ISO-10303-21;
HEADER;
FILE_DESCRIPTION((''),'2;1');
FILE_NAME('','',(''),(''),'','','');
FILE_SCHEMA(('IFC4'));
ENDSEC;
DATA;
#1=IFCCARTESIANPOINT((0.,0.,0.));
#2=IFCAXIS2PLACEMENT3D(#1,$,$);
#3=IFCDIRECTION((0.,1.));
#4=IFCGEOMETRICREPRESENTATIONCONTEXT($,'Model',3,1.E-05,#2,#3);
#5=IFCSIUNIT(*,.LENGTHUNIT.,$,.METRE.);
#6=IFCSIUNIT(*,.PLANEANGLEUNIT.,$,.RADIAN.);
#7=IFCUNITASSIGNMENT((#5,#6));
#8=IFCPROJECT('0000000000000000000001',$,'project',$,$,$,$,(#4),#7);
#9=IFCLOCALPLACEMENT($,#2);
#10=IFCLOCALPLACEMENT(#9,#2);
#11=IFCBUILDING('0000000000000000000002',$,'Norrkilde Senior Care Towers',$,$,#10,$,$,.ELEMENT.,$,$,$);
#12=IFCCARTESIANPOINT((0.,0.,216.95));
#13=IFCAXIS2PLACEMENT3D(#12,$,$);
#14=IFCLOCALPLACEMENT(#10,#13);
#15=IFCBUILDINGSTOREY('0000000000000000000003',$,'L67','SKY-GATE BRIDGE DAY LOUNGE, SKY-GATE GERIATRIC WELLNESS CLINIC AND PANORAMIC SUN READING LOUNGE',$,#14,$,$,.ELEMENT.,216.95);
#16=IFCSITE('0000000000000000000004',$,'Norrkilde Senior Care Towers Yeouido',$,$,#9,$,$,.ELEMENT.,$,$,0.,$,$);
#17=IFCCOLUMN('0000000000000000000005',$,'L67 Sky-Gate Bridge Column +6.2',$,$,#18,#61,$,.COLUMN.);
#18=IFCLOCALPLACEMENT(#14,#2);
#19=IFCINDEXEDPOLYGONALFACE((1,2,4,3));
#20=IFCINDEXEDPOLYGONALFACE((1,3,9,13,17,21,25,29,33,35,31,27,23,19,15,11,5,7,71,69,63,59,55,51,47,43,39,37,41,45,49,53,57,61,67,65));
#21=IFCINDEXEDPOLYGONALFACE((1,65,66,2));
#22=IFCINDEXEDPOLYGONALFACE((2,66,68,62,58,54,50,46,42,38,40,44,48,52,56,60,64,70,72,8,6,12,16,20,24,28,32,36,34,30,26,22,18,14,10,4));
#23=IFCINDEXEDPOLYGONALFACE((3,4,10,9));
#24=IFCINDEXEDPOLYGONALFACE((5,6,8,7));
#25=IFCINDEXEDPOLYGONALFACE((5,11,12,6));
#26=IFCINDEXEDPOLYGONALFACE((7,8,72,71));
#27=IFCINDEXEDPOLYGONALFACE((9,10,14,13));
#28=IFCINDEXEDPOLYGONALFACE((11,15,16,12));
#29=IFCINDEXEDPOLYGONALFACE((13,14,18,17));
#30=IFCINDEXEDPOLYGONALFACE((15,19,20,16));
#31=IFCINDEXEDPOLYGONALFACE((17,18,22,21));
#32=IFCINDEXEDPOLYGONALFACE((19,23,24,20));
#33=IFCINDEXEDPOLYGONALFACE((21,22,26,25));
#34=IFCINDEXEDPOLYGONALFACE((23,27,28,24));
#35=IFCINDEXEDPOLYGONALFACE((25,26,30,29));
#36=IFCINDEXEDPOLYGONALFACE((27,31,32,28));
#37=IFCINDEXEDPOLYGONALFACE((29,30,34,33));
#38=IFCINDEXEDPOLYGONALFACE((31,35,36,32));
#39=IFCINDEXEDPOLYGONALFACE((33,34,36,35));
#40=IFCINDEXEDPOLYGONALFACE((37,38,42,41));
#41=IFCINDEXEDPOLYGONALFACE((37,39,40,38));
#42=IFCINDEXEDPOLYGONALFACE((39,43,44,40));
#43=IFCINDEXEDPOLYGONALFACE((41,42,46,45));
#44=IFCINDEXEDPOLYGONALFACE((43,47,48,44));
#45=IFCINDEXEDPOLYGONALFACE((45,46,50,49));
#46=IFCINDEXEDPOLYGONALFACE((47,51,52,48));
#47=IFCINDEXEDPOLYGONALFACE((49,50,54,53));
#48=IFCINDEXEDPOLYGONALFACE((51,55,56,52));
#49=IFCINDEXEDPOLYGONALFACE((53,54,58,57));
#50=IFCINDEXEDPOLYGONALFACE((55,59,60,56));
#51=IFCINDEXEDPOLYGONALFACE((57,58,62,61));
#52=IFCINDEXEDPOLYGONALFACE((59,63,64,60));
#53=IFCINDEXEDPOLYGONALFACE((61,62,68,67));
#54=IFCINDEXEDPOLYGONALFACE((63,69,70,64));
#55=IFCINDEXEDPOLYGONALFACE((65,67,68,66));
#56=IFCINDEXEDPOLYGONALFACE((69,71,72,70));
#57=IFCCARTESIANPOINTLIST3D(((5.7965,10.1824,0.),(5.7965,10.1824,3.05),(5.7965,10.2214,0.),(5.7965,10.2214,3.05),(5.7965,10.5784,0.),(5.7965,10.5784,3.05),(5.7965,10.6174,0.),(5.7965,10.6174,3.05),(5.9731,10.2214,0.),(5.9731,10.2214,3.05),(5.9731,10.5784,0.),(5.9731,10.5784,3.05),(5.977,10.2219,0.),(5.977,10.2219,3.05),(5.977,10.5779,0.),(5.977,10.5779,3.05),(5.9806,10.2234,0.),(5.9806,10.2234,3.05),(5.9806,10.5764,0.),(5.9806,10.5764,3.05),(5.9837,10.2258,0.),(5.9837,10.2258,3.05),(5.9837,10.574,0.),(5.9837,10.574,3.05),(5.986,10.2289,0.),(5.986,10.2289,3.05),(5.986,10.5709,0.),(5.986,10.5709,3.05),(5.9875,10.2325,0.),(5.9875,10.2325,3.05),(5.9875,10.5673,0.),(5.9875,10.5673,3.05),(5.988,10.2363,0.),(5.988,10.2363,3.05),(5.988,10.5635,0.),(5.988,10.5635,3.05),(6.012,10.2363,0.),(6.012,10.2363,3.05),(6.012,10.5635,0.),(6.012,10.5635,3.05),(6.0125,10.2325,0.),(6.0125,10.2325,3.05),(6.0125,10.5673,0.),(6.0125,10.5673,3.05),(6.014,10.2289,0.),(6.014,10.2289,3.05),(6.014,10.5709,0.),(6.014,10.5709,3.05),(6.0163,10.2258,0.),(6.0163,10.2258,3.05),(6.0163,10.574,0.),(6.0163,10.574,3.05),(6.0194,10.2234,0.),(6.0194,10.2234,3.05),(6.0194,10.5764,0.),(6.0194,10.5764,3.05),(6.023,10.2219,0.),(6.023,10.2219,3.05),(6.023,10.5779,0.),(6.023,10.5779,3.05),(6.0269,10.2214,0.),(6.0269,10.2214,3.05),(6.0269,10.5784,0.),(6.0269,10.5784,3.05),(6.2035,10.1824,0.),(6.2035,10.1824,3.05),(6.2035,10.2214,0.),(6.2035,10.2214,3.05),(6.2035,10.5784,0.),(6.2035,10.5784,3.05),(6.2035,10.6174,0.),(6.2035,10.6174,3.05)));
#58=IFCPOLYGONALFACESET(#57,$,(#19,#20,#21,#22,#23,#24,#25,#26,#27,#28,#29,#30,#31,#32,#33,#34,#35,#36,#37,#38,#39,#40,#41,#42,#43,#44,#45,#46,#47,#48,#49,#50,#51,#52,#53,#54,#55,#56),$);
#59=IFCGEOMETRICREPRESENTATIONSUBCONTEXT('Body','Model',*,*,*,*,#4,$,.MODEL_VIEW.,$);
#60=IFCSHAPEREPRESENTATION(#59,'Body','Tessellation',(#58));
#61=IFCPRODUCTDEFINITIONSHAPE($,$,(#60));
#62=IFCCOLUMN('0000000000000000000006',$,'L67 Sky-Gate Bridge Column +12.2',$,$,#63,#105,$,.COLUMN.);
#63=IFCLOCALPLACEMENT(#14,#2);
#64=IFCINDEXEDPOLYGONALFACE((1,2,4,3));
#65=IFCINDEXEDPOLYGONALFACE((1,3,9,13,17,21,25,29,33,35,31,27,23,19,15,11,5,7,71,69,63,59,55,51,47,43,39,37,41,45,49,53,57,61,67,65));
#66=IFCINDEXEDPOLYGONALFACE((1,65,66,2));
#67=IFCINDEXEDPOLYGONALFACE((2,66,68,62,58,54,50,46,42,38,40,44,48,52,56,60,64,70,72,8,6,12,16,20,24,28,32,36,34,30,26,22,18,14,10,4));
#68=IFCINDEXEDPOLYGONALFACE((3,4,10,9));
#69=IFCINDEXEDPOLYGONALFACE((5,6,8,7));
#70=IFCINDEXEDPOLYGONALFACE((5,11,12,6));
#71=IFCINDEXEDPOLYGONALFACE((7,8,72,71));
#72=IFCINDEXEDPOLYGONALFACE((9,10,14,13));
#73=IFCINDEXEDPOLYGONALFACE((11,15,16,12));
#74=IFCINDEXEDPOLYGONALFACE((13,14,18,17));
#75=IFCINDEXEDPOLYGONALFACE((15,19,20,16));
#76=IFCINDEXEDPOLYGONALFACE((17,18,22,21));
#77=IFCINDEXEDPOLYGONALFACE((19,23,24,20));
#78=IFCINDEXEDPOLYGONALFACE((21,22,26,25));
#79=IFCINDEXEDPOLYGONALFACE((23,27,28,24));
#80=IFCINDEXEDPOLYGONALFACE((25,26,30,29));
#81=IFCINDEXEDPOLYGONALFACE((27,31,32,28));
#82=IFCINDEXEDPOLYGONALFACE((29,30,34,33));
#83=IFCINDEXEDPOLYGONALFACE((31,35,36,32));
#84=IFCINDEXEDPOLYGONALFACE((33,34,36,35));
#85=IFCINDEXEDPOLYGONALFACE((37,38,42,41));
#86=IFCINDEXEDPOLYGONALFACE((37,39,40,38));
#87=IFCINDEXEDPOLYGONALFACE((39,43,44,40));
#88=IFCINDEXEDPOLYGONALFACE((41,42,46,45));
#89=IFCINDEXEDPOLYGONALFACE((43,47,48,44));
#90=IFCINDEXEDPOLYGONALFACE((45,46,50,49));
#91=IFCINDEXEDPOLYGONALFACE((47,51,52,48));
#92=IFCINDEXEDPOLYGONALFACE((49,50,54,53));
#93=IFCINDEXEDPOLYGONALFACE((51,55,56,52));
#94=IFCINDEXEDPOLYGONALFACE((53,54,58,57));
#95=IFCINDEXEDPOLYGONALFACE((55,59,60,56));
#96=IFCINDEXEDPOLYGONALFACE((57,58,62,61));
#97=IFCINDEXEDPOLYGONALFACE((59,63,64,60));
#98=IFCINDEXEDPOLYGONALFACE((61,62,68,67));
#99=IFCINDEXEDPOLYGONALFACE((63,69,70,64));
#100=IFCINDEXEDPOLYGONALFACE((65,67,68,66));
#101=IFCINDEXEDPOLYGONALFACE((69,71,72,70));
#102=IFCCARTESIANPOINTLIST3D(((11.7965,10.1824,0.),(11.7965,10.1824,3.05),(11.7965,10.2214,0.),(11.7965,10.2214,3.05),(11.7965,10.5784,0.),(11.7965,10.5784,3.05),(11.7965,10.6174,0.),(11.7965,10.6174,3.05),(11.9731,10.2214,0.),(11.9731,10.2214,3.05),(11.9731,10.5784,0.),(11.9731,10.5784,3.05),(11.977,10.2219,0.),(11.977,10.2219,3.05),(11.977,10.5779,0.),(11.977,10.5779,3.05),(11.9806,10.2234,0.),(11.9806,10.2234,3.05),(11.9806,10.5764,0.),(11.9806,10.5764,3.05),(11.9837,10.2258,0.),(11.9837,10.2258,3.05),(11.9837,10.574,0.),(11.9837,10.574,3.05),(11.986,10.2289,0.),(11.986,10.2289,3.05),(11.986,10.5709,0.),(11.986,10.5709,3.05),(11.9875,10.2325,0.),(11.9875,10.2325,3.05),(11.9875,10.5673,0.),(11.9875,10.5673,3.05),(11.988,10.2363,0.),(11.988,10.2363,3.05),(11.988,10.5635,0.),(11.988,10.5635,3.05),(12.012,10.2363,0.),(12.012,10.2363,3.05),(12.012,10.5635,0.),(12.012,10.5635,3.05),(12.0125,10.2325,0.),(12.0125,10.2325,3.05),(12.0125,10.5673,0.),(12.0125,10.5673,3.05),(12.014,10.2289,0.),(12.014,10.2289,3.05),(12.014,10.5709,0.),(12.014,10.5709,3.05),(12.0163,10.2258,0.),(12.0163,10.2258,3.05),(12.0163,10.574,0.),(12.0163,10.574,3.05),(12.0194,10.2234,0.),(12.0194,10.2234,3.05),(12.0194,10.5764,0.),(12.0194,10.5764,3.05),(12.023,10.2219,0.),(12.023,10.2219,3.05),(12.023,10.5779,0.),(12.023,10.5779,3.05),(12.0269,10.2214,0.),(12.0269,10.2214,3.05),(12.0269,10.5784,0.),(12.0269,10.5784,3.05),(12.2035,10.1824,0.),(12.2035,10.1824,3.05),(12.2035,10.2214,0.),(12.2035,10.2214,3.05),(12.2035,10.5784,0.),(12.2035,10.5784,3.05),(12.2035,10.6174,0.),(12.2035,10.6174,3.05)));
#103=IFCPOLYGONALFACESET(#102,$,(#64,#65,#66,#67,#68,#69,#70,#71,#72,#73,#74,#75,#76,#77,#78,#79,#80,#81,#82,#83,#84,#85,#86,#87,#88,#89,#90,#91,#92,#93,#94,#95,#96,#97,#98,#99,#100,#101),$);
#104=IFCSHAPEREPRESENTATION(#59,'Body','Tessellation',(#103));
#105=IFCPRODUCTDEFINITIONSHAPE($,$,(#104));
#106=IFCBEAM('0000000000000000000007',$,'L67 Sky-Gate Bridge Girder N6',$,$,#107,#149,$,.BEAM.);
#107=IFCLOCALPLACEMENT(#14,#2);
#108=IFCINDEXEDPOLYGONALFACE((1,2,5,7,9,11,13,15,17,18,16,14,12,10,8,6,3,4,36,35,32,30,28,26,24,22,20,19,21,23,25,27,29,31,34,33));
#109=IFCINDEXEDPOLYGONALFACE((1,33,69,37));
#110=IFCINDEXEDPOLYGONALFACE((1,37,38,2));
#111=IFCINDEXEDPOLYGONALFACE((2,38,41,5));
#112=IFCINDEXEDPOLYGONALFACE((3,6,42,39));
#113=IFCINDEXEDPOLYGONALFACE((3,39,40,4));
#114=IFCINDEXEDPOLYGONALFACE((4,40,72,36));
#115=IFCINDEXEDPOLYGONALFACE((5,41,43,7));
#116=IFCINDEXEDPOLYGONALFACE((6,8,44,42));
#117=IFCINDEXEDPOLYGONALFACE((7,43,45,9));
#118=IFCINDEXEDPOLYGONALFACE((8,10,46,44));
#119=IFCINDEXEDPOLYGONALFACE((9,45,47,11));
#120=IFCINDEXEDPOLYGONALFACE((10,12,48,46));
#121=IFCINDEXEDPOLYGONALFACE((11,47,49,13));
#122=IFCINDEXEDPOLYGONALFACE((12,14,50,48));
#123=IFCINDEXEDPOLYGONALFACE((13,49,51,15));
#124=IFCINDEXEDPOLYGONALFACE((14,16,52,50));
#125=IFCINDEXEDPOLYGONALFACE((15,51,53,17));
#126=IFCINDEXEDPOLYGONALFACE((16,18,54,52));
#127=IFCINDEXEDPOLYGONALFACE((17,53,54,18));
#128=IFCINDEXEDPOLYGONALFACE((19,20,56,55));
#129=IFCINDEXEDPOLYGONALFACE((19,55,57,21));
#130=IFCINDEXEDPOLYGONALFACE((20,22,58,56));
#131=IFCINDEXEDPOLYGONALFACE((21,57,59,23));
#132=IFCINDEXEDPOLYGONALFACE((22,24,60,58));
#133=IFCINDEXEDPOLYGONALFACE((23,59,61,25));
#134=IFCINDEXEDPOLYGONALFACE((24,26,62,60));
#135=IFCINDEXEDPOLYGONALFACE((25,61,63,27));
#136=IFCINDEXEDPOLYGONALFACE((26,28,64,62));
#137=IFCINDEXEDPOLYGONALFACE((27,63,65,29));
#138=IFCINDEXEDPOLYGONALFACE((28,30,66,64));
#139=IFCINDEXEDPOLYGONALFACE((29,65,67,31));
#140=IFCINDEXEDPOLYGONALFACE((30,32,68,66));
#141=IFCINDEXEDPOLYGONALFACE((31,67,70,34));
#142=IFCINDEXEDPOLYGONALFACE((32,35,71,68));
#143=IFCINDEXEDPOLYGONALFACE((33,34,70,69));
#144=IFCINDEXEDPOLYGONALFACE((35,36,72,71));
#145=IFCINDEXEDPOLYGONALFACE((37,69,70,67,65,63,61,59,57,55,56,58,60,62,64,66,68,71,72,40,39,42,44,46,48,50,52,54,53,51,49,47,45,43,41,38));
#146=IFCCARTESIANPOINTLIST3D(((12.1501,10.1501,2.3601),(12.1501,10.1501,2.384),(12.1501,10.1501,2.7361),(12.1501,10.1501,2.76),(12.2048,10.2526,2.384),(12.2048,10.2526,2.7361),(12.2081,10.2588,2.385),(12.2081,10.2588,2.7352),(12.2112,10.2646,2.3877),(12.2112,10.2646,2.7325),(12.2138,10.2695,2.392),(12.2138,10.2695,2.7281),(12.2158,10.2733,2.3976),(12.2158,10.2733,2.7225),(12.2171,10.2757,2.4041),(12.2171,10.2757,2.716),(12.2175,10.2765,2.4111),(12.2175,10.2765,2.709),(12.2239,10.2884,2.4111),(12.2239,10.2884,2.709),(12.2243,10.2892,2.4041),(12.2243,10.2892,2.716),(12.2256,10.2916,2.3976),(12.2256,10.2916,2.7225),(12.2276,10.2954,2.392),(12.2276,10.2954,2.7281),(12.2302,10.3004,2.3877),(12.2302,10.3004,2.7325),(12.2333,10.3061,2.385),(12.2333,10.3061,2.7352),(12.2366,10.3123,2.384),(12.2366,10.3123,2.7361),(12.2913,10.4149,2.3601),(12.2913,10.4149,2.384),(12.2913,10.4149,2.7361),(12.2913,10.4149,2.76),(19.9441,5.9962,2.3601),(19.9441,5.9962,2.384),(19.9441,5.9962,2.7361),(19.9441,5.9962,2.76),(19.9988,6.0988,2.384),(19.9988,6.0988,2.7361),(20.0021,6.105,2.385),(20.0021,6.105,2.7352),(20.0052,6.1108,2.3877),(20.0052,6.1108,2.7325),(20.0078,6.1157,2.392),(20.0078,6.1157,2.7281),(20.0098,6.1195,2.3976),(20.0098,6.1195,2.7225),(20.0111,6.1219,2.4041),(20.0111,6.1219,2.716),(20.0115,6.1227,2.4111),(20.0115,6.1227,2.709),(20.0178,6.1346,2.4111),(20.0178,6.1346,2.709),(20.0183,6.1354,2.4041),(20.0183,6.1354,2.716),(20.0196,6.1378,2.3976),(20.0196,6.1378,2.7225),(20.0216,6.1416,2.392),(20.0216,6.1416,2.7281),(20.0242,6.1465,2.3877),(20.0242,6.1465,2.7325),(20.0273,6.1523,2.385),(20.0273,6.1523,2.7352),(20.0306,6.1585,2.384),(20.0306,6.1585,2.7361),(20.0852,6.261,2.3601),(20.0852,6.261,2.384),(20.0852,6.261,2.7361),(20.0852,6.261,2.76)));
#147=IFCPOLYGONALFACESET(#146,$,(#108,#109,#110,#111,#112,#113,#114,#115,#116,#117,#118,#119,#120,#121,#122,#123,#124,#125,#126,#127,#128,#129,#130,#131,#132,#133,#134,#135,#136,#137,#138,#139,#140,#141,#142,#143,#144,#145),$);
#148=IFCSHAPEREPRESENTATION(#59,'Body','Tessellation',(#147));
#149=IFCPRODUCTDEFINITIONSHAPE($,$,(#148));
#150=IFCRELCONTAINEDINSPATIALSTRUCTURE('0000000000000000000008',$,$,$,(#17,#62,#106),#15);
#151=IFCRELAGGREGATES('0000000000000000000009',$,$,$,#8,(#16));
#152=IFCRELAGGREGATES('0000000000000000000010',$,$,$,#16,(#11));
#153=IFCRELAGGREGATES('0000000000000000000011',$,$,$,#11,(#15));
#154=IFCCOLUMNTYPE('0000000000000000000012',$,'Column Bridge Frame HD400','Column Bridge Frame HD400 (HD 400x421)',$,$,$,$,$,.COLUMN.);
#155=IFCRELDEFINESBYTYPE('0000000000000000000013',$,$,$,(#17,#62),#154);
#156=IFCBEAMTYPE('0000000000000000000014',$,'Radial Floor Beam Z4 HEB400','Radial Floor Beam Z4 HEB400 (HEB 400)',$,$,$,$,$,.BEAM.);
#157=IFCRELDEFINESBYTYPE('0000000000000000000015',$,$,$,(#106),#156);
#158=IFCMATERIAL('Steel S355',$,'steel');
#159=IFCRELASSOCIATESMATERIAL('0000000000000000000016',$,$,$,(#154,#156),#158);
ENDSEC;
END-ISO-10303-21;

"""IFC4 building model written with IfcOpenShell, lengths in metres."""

from ifc_helpers import new_model, si_unit, direction, frame, origin, origin_2d, place, context, subcontext, project, spatial, i_section, extrude, source, transform, mapped, material, material_profile, profile_set, type_object, type_shapes, element, save


model = new_model("IFC4")

# Units and contexts
model_context = context("Model", 3, precision=1e-05, world=origin(), true_north=direction((0.0, 1.0)))
body_context = subcontext(model_context, "Body", "Model", "MODEL_VIEW")
ifc_project = project(units=[si_unit("LENGTHUNIT", "METRE"), si_unit("PLANEANGLEUNIT", "RADIAN")], contexts=[model_context])

# Site, building, storey
site_placement = place(None, origin())
site = spatial("IfcSite", under=ifc_project, at=site_placement, Name="Norrkilde Senior Care Towers Yeouido", CompositionType="ELEMENT", RefElevation=0.0)
building_placement = place(site_placement, origin())
building = spatial("IfcBuilding", under=site, at=building_placement, Name="Norrkilde Senior Care Towers", CompositionType="ELEMENT")
storey_placement = place(building_placement, frame((0.0, 0.0, 216.95)))
storey = spatial("IfcBuildingStorey", under=building, at=storey_placement, Name="L67", Description="SKY-GATE BRIDGE DAY LOUNGE, SKY-GATE GERIATRIC WELLNESS CLINIC AND PANORAMIC SUN READING LOUNGE", CompositionType="ELEMENT", Elevation=216.95)

# Columns
ifc_material_1 = material(Name="Steel S355", Category="steel")
ifc_material_profile_1 = material_profile(ifc_material_1, i_section(OverallWidth=0.407, OverallDepth=0.4351, WebThickness=0.0239, FlangeThickness=0.0391, FilletRadius=0.0149, at=origin_2d()), Name="HD 400x421")
ifc_profile_set_1 = profile_set([ifc_material_profile_1], Name="Steel S355")
column_type = type_object("IfcColumnType", Name="Column Bridge Frame HD400", Description="Column Bridge Frame HD400 (HD 400x421)", PredefinedType="COLUMN", material=ifc_profile_set_1)
shared_shape_1 = source(origin(), body_context, "Body", "SweptSolid", [
    extrude(i_section(OverallWidth=0.407, OverallDepth=0.4351, WebThickness=0.0239, FlangeThickness=0.0391, FilletRadius=0.0149, at=origin_2d()), origin(), (0.0, 0.0, 1.0), 3.05),
])
type_shapes(column_type, [shared_shape_1])
for number, where, z_axis, x_axis, name in (
    (1, (6.0, 10.3999, 0.0), (0.0, 0.0, 1.0), (1.0, 0.0, 0.0), "L67 Sky-Gate Bridge Column +6.2"),
    (2, (12.0, 10.3999, 0.0), (0.0, 0.0, 1.0), (1.0, 0.0, 0.0), "L67 Sky-Gate Bridge Column +12.2"),
):
    element("IfcColumn", number, at=place(storey_placement, frame(where, z_axis=z_axis, x_axis=x_axis)), inside=storey, type_object=column_type, Name=name, PredefinedType="COLUMN", context=body_context, shape_type="MappedRepresentation", body=[
        mapped(shared_shape_1, transform((0.0, 0.0, 0.0), x_axis=(1.0, 0.0, 0.0), y_axis=(0.0, 1.0, 0.0), z_axis=(0.0, 0.0, 1.0), scale=1.0)),
    ])

# Beam
ifc_material_profile_2 = material_profile(ifc_material_1, i_section(OverallWidth=0.3, OverallDepth=0.3999, WebThickness=0.0134, FlangeThickness=0.0239, FilletRadius=0.0271, at=origin_2d()), Name="HEB 400")
ifc_profile_set_2 = profile_set([ifc_material_profile_2], Name="Steel S355")
beam_type_1 = type_object("IfcBeamType", Name="Radial Floor Beam Z4 HEB400", Description="Radial Floor Beam Z4 HEB400 (HEB 400)", PredefinedType="BEAM", material=ifc_profile_set_2)
shared_shape_2 = source(origin(), body_context, "Body", "SweptSolid", [
    extrude(i_section(OverallWidth=0.3, OverallDepth=0.3999, WebThickness=0.0134, FlangeThickness=0.0239, FilletRadius=0.0271, at=origin_2d()), origin(), (0.0, 0.0, 1.0), 8.8318),
])
type_shapes(beam_type_1, [shared_shape_2])
beam_placement = place(storey_placement, frame((12.2207, 10.2825, 2.5601), z_axis=(0.882492, -0.470327, 0.0), x_axis=(0.470327, 0.882492, 0.0)))
element("IfcBeam", 3, at=beam_placement, inside=storey, type_object=beam_type_1, Name="L67 Sky-Gate Bridge Girder N6", PredefinedType="BEAM", context=body_context, shape_type="MappedRepresentation", body=[
    mapped(shared_shape_2, transform((0.0, 0.0, 0.0), x_axis=(1.0, 0.0, 0.0), y_axis=(0.0, 1.0, 0.0), z_axis=(0.0, 0.0, 1.0), scale=1.0)),
])

save(model, "model.ifc")
